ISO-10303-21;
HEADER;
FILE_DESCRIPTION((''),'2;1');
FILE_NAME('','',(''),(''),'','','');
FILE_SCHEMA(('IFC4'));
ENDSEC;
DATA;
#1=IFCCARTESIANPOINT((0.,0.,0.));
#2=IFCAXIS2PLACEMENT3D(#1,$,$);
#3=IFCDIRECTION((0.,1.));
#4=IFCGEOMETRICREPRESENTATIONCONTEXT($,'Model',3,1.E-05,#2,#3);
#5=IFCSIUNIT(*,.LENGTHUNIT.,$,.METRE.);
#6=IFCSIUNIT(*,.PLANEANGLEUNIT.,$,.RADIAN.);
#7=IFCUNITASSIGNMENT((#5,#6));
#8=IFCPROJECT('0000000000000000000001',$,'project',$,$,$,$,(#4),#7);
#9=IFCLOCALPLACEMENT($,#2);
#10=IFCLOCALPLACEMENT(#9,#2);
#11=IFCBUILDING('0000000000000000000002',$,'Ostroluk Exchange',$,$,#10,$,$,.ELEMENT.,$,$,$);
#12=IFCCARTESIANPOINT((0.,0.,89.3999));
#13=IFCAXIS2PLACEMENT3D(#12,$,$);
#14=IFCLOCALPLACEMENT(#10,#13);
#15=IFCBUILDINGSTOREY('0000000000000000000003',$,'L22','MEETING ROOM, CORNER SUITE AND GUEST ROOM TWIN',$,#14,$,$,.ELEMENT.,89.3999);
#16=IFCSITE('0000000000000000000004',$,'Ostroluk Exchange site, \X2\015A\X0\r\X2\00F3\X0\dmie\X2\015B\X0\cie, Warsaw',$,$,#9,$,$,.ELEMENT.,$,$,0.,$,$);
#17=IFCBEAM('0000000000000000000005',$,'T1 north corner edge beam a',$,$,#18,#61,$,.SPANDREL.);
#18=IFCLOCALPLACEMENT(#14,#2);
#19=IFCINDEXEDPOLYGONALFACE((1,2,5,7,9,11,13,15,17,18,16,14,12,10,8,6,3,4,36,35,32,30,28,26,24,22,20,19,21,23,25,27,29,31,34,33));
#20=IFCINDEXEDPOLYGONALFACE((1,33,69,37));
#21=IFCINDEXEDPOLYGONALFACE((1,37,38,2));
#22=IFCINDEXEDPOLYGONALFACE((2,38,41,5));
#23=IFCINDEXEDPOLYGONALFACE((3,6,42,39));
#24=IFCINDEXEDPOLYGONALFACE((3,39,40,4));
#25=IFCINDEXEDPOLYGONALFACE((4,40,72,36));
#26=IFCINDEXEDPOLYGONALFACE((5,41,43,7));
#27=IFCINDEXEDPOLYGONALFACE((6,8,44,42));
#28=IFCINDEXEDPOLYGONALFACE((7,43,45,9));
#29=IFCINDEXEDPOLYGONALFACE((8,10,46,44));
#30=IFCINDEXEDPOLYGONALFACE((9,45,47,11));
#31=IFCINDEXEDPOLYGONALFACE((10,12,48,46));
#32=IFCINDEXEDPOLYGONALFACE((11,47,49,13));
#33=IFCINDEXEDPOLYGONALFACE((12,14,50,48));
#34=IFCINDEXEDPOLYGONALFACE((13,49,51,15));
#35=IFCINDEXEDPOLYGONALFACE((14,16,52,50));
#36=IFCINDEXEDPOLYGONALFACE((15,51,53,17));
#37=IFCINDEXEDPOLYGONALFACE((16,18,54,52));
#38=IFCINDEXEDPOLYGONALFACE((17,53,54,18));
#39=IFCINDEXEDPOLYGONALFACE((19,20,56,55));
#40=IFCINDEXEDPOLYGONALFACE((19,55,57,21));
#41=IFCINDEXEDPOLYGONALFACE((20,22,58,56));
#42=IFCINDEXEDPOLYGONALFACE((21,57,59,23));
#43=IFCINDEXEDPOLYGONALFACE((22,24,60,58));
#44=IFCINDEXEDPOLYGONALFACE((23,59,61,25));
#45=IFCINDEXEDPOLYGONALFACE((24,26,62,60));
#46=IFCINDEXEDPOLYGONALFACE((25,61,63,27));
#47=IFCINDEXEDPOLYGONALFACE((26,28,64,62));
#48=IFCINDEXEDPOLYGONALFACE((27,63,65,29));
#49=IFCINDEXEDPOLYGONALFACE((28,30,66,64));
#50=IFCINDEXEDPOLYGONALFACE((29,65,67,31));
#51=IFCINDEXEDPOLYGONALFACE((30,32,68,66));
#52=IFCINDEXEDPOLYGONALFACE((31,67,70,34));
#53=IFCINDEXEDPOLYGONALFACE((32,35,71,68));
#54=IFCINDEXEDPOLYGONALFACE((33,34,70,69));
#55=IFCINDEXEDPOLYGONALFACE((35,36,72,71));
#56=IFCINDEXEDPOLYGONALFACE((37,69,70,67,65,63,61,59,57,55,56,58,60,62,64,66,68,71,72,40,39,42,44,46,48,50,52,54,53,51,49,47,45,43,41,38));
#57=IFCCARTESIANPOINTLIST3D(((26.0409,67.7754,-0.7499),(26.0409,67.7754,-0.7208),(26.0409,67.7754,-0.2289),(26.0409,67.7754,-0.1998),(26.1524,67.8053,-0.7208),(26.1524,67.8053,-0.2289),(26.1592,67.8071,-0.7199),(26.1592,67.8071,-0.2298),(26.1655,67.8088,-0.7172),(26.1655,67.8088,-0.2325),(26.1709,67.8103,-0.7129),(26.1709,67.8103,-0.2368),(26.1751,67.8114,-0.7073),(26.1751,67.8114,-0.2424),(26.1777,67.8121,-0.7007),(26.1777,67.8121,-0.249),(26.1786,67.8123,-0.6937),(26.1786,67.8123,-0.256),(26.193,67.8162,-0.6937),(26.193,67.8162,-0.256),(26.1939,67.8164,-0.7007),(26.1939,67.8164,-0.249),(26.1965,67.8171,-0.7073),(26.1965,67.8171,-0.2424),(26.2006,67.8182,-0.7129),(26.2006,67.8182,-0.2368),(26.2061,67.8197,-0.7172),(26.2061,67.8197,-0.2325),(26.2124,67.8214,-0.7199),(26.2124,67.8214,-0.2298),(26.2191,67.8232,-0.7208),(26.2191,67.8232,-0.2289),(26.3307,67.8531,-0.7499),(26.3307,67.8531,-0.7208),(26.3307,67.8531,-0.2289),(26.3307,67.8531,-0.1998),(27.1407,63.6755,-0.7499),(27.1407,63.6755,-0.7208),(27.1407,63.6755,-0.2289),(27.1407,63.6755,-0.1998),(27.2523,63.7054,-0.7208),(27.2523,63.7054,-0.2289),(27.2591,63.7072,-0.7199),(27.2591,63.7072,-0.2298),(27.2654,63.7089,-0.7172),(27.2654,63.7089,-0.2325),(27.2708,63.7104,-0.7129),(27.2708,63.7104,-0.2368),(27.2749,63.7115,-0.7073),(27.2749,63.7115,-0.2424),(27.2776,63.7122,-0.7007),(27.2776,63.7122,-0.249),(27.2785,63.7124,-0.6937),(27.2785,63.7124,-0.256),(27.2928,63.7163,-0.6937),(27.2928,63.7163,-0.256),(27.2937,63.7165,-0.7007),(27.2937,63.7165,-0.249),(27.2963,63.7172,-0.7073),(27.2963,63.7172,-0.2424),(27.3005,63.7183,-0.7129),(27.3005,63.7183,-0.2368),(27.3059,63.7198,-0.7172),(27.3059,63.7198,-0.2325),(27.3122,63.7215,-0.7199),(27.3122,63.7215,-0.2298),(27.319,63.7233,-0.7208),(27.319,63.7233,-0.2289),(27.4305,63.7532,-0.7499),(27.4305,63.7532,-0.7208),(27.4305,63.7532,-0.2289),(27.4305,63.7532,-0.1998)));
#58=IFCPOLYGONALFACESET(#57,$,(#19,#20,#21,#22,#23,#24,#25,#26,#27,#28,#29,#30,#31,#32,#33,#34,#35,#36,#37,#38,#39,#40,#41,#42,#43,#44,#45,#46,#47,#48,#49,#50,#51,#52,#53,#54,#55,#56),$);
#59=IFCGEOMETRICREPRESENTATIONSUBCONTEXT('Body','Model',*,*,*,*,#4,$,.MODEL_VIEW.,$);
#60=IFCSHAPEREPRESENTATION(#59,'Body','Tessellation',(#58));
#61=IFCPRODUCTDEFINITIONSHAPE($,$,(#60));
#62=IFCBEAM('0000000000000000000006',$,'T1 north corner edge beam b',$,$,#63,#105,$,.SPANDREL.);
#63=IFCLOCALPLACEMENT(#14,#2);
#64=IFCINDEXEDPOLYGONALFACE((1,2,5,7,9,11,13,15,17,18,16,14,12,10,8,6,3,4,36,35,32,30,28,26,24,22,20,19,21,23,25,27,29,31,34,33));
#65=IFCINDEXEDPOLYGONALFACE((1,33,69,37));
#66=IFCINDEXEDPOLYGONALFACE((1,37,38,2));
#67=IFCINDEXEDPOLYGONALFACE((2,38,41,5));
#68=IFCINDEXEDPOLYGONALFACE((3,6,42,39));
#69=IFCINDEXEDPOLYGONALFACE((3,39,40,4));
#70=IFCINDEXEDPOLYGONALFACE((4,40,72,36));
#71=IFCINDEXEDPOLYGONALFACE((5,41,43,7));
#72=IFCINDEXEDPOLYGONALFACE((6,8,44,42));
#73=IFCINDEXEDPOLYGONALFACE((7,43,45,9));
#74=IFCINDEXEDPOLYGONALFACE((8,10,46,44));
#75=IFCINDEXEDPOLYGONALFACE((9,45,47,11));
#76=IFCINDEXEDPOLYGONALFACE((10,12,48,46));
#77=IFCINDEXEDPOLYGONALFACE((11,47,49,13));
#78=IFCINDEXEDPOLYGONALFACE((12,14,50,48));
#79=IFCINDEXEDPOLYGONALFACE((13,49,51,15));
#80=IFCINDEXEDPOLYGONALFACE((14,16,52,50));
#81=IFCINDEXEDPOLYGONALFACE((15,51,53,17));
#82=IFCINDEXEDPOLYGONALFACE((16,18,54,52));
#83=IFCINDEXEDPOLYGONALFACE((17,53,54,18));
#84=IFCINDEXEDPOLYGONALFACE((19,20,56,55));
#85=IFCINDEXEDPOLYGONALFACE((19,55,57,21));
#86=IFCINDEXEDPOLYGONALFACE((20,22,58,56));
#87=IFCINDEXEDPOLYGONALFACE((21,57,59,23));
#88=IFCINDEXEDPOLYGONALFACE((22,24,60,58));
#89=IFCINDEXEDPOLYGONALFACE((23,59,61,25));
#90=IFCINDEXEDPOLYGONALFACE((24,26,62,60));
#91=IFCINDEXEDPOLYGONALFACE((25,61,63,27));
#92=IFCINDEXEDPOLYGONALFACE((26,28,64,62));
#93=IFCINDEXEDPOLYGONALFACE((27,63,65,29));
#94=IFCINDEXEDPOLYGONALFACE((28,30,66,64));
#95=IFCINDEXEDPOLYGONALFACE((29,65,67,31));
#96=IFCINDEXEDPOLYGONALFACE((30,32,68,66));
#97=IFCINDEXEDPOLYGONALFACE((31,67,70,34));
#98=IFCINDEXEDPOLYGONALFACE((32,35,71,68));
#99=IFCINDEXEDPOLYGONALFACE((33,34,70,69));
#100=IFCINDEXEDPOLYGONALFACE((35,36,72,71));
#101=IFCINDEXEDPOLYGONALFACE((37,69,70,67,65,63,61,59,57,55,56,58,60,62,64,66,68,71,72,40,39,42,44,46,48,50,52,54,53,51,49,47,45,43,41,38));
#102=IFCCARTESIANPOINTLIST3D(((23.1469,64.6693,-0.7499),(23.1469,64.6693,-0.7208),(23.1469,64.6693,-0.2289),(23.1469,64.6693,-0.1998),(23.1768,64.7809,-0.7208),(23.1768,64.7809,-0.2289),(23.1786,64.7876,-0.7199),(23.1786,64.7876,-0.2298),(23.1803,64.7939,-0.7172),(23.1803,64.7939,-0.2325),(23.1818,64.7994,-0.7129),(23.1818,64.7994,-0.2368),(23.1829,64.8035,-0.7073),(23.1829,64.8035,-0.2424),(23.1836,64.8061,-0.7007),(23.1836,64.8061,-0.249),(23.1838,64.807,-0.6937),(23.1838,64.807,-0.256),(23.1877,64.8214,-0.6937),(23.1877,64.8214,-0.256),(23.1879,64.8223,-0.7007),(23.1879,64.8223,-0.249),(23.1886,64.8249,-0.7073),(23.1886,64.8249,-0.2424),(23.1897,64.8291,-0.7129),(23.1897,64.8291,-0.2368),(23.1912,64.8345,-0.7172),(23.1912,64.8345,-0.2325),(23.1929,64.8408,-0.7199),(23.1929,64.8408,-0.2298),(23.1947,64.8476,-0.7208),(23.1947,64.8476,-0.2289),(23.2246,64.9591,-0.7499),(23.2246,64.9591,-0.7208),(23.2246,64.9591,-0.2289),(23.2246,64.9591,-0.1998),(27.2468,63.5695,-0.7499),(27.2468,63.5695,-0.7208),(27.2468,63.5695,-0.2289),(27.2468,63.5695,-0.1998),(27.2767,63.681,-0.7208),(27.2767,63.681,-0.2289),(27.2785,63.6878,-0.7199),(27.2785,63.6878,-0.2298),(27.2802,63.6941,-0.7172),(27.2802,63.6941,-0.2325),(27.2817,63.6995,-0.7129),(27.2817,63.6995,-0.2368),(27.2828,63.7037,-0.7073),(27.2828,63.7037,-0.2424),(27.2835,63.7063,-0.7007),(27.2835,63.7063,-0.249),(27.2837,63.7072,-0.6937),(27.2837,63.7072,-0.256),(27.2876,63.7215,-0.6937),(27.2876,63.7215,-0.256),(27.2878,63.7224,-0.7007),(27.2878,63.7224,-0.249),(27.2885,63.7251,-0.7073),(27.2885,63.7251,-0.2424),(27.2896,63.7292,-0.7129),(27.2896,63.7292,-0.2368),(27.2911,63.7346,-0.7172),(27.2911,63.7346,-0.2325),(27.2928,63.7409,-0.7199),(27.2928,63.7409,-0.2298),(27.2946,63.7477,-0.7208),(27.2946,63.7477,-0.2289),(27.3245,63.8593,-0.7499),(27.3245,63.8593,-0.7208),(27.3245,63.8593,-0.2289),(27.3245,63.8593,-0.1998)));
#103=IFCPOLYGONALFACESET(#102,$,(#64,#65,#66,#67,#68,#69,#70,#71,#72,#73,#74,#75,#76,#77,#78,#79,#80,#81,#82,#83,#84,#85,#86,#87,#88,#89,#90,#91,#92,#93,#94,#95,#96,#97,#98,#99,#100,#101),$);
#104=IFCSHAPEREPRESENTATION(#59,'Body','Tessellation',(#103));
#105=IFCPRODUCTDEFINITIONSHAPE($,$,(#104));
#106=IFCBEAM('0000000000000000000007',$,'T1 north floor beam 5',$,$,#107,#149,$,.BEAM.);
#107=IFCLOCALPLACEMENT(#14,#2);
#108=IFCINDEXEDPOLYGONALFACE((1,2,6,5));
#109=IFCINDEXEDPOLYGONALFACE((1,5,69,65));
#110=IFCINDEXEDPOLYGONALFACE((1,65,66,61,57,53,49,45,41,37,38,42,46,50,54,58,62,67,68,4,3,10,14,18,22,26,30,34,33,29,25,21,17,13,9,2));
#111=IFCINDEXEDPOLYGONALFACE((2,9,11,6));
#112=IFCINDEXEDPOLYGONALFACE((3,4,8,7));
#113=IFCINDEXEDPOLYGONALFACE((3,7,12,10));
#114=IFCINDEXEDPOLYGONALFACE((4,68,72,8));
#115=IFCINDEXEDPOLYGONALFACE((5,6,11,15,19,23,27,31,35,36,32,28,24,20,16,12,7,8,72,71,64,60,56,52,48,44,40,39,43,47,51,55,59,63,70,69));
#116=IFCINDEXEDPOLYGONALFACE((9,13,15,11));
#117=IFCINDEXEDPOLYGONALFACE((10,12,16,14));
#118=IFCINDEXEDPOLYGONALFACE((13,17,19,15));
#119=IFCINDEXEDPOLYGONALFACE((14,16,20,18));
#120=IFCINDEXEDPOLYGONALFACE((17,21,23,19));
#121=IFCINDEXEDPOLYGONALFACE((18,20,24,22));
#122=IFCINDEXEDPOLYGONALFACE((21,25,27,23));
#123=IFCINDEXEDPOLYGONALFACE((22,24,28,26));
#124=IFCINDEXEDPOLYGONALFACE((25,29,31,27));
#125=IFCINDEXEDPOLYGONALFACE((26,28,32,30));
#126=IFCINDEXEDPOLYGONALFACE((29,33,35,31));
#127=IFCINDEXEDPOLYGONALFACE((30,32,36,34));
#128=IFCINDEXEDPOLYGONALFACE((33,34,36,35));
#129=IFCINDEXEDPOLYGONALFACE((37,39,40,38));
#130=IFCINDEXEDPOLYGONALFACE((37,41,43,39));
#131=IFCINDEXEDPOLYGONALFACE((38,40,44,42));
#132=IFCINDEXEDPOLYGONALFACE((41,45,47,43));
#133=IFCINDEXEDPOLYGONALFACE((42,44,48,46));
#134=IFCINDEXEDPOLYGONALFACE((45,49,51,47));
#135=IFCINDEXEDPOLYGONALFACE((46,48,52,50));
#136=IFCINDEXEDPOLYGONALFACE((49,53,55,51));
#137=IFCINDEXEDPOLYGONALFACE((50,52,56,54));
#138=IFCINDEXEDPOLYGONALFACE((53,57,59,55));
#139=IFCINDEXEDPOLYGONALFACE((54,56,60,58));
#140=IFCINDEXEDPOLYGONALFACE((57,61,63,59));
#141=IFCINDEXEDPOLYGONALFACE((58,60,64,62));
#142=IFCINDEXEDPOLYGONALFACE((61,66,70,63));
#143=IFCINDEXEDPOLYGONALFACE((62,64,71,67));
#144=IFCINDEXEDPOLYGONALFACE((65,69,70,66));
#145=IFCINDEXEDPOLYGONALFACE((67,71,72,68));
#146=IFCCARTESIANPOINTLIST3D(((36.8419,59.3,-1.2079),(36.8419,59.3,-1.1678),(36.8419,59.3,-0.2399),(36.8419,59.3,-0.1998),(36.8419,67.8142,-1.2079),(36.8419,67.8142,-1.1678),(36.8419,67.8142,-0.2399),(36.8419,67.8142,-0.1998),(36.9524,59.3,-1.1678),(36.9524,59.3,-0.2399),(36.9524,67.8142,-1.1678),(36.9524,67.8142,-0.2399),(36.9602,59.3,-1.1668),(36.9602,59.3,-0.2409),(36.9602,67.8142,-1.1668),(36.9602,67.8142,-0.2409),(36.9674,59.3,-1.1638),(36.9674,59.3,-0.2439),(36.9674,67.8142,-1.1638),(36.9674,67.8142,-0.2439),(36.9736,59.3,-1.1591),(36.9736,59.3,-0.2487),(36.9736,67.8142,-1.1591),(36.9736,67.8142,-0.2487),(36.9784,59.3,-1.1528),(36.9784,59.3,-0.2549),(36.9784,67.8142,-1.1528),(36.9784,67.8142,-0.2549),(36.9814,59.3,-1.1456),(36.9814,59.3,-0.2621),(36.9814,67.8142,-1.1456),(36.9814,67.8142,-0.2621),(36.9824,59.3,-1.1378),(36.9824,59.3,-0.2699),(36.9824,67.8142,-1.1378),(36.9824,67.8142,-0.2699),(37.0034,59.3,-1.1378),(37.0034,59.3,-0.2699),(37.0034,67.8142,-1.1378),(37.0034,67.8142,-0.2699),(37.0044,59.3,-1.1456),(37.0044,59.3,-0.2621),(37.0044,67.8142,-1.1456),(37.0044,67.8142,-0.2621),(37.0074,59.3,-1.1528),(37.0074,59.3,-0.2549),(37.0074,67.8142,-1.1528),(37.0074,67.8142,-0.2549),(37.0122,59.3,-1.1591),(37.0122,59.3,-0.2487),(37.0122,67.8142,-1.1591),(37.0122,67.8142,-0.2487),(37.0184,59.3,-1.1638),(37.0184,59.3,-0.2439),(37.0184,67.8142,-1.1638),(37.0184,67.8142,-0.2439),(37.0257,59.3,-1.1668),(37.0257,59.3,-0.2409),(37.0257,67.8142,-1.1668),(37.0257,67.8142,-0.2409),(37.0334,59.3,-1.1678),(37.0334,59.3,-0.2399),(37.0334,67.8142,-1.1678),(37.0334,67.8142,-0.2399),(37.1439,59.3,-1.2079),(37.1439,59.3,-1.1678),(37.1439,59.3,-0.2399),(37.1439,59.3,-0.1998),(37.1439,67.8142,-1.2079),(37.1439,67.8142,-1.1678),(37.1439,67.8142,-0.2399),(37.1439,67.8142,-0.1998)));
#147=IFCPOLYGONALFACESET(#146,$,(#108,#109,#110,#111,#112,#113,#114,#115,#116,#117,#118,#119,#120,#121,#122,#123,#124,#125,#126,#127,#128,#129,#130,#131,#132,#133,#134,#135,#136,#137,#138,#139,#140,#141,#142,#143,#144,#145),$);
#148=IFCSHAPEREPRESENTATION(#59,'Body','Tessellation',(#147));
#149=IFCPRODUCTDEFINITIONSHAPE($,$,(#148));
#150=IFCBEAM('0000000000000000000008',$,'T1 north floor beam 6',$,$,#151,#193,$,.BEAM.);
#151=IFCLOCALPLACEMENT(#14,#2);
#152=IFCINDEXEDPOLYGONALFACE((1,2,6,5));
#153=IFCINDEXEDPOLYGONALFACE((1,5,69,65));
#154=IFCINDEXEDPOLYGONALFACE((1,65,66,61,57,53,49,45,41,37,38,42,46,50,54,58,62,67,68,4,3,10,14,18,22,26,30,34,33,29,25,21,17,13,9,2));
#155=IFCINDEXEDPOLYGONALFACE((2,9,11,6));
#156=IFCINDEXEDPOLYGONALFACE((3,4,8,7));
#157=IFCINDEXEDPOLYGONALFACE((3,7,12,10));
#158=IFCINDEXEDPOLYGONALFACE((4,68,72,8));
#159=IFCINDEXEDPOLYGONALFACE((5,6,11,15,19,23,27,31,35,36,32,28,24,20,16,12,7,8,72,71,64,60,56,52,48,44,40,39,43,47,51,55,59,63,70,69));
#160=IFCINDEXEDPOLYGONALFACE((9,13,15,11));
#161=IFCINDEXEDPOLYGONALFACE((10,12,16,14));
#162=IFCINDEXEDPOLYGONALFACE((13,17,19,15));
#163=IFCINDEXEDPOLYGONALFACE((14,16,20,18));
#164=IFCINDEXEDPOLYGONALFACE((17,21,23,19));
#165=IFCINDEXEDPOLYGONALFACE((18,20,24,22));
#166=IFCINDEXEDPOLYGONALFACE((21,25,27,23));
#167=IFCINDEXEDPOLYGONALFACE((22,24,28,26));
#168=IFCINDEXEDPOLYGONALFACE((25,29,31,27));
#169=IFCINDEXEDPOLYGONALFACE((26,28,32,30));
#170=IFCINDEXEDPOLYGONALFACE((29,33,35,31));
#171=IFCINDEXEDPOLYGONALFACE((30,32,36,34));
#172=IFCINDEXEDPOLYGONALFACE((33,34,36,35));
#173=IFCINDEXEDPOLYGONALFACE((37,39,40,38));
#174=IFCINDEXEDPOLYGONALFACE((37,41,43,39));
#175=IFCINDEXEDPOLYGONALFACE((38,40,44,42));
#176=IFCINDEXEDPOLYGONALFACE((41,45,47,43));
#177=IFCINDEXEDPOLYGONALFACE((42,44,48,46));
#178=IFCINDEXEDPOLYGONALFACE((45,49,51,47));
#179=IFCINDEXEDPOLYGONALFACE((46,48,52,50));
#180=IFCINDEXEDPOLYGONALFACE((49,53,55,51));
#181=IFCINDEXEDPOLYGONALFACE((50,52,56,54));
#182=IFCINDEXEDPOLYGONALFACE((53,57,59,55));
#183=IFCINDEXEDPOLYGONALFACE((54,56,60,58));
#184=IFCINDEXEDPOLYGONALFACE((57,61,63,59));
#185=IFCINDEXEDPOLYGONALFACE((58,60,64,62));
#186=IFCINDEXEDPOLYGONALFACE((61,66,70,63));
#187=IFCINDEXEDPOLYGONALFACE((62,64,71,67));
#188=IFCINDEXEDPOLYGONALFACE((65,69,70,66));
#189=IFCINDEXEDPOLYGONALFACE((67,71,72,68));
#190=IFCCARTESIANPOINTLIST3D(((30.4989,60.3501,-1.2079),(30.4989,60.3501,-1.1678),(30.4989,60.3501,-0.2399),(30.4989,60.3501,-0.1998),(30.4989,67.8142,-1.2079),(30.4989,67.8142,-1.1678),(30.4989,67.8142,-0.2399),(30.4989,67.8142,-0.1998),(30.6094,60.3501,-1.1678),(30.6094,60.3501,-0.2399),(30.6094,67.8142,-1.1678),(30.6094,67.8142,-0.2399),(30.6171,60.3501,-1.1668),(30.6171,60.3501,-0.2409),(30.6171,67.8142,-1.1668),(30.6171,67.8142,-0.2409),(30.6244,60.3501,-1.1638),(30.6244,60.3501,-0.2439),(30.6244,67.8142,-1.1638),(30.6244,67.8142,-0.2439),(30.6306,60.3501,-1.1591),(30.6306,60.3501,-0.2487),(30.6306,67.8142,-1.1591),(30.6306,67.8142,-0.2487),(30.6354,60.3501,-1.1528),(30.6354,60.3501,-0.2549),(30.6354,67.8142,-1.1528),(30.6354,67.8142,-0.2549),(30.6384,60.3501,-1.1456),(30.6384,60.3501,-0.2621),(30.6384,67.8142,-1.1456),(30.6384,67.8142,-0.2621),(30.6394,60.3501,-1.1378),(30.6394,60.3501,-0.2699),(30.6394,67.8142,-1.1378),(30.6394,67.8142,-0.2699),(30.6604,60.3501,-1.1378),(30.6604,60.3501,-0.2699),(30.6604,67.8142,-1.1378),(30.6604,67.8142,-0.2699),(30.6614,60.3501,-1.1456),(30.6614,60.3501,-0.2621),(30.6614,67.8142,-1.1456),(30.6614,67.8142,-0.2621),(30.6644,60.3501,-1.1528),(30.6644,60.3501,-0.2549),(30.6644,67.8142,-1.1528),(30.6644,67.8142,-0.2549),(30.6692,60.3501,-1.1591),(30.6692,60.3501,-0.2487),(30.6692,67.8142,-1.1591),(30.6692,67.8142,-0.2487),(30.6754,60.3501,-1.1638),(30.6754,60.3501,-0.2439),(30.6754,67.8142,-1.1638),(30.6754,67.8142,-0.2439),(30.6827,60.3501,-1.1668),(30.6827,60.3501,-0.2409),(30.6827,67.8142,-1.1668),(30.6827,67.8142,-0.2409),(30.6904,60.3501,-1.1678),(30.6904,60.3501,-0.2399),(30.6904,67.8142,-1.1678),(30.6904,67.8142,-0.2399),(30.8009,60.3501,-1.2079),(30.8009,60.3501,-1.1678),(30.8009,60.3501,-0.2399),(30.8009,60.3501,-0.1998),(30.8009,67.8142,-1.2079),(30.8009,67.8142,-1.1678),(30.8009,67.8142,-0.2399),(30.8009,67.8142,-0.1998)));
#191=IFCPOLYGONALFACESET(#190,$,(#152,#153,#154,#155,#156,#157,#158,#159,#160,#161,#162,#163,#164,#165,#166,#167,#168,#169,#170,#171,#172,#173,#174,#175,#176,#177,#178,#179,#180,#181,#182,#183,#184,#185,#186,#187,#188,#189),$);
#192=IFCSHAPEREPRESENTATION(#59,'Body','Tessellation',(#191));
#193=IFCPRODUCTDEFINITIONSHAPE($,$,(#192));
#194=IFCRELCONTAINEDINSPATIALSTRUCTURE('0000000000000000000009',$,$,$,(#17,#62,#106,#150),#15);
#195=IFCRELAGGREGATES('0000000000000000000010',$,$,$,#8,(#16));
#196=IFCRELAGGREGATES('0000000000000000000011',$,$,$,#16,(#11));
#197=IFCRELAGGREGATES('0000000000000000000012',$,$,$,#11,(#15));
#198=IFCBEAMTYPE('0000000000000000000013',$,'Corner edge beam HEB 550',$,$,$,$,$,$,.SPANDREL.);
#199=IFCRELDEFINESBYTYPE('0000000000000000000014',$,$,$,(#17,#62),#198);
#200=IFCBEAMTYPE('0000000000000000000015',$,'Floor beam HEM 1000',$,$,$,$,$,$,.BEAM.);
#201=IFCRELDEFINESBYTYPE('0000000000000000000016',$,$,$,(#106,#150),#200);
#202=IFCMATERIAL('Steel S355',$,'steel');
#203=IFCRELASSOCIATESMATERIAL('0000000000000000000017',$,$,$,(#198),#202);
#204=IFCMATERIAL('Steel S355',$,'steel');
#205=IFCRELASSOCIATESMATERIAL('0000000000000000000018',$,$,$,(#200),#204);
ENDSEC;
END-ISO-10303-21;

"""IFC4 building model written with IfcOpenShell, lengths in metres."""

from ifc_helpers import new_model, si_unit, direction, frame, origin, origin_2d, place, context, subcontext, project, spatial, i_section, extrude, material, material_profile, profile_set, type_object, element, save


model = new_model("IFC4")

# Units and contexts
model_context = context("Model", 3, precision=1e-05, world=origin(), true_north=direction((0.0, 1.0)))
body_context = subcontext(model_context, "Body", "Model", "MODEL_VIEW")
ifc_project = project(units=[si_unit("LENGTHUNIT", "METRE"), si_unit("PLANEANGLEUNIT", "RADIAN")], contexts=[model_context])

# Site, building, storey
site_placement = place(None, origin())
site = spatial("IfcSite", under=ifc_project, at=site_placement, Name="Ostroluk Exchange site, Śródmieście, Warsaw", CompositionType="ELEMENT", RefElevation=0.0)
building_placement = place(site_placement, origin())
building = spatial("IfcBuilding", under=site, at=building_placement, Name="Ostroluk Exchange", CompositionType="ELEMENT")
storey_placement = place(building_placement, frame((0.0, 0.0, 89.3999)))
storey = spatial("IfcBuildingStorey", under=building, at=storey_placement, Name="L22", Description="MEETING ROOM, CORNER SUITE AND GUEST ROOM TWIN", CompositionType="ELEMENT", Elevation=89.3999)

# Beams
ifc_material_1 = material(Name="Steel S355", Category="steel")
ifc_material_profile_1 = material_profile(ifc_material_1, i_section(OverallWidth=0.3, OverallDepth=0.55, WebThickness=0.0149, FlangeThickness=0.0291, FilletRadius=0.0271, at=origin_2d()), Name="HEB 550")
ifc_profile_set_1 = profile_set([ifc_material_profile_1], Name="Steel S355")
beam_type_1 = type_object("IfcBeamType", Name="Corner edge beam HEB 550", PredefinedType="SPANDREL", material=ifc_profile_set_1)
for number, where, z_axis, x_axis, name in (
    (1, (27.2856, 63.7144, -0.4749), (-0.259105, 0.965849, 0.0), (-0.965849, -0.259105, 0.0), "T1 north corner edge beam a"),
    (2, (27.2856, 63.7144, -0.4749), (-0.965849, 0.259105, 0.0), (-0.259105, -0.965849, 0.0), "T1 north corner edge beam b"),
):
    element("IfcBeam", number, at=place(storey_placement, frame(where, z_axis=z_axis, x_axis=x_axis)), inside=storey, type_object=beam_type_1, Name=name, PredefinedType="SPANDREL", context=body_context, shape_type="SweptSolid", body=[
        extrude(i_section(OverallWidth=0.3, OverallDepth=0.55, WebThickness=0.0149, FlangeThickness=0.0291, FilletRadius=0.0271, at=origin_2d()), origin(), (0.0, 0.0, 1.0), 4.2449),
    ])
ifc_material_2 = material(Name="Steel S355", Category="steel")
ifc_material_profile_2 = material_profile(ifc_material_2, i_section(OverallWidth=0.302, OverallDepth=1.0081, WebThickness=0.021, FlangeThickness=0.04, FilletRadius=0.03, at=origin_2d()), Name="HEM 1000")
ifc_profile_set_2 = profile_set([ifc_material_profile_2], Name="Steel S355")
beam_type_2 = type_object("IfcBeamType", Name="Floor beam HEM 1000", PredefinedType="BEAM", material=ifc_profile_set_2)
beam_1_placement = place(storey_placement, frame((36.9929, 59.3, -0.7039), z_axis=(0.0, 1.0, 0.0), x_axis=(-1.0, 0.0, 0.0)))
element("IfcBeam", 3, at=beam_1_placement, inside=storey, type_object=beam_type_2, Name="T1 north floor beam 5", PredefinedType="BEAM", context=body_context, shape_type="SweptSolid", body=[
    extrude(i_section(OverallWidth=0.302, OverallDepth=1.0081, WebThickness=0.021, FlangeThickness=0.04, FilletRadius=0.03, at=origin_2d()), origin(), (0.0, 0.0, 1.0), 8.5142),
])
beam_2_placement = place(storey_placement, frame((30.6499, 60.3501, -0.7039), z_axis=(0.0, 1.0, 0.0), x_axis=(-1.0, 0.0, 0.0)))
element("IfcBeam", 4, at=beam_2_placement, inside=storey, type_object=beam_type_2, Name="T1 north floor beam 6", PredefinedType="BEAM", context=body_context, shape_type="SweptSolid", body=[
    extrude(i_section(OverallWidth=0.302, OverallDepth=1.0081, WebThickness=0.021, FlangeThickness=0.04, FilletRadius=0.03, at=origin_2d()), origin(), (0.0, 0.0, 1.0), 7.4641),
])

save(model, "model.ifc")
